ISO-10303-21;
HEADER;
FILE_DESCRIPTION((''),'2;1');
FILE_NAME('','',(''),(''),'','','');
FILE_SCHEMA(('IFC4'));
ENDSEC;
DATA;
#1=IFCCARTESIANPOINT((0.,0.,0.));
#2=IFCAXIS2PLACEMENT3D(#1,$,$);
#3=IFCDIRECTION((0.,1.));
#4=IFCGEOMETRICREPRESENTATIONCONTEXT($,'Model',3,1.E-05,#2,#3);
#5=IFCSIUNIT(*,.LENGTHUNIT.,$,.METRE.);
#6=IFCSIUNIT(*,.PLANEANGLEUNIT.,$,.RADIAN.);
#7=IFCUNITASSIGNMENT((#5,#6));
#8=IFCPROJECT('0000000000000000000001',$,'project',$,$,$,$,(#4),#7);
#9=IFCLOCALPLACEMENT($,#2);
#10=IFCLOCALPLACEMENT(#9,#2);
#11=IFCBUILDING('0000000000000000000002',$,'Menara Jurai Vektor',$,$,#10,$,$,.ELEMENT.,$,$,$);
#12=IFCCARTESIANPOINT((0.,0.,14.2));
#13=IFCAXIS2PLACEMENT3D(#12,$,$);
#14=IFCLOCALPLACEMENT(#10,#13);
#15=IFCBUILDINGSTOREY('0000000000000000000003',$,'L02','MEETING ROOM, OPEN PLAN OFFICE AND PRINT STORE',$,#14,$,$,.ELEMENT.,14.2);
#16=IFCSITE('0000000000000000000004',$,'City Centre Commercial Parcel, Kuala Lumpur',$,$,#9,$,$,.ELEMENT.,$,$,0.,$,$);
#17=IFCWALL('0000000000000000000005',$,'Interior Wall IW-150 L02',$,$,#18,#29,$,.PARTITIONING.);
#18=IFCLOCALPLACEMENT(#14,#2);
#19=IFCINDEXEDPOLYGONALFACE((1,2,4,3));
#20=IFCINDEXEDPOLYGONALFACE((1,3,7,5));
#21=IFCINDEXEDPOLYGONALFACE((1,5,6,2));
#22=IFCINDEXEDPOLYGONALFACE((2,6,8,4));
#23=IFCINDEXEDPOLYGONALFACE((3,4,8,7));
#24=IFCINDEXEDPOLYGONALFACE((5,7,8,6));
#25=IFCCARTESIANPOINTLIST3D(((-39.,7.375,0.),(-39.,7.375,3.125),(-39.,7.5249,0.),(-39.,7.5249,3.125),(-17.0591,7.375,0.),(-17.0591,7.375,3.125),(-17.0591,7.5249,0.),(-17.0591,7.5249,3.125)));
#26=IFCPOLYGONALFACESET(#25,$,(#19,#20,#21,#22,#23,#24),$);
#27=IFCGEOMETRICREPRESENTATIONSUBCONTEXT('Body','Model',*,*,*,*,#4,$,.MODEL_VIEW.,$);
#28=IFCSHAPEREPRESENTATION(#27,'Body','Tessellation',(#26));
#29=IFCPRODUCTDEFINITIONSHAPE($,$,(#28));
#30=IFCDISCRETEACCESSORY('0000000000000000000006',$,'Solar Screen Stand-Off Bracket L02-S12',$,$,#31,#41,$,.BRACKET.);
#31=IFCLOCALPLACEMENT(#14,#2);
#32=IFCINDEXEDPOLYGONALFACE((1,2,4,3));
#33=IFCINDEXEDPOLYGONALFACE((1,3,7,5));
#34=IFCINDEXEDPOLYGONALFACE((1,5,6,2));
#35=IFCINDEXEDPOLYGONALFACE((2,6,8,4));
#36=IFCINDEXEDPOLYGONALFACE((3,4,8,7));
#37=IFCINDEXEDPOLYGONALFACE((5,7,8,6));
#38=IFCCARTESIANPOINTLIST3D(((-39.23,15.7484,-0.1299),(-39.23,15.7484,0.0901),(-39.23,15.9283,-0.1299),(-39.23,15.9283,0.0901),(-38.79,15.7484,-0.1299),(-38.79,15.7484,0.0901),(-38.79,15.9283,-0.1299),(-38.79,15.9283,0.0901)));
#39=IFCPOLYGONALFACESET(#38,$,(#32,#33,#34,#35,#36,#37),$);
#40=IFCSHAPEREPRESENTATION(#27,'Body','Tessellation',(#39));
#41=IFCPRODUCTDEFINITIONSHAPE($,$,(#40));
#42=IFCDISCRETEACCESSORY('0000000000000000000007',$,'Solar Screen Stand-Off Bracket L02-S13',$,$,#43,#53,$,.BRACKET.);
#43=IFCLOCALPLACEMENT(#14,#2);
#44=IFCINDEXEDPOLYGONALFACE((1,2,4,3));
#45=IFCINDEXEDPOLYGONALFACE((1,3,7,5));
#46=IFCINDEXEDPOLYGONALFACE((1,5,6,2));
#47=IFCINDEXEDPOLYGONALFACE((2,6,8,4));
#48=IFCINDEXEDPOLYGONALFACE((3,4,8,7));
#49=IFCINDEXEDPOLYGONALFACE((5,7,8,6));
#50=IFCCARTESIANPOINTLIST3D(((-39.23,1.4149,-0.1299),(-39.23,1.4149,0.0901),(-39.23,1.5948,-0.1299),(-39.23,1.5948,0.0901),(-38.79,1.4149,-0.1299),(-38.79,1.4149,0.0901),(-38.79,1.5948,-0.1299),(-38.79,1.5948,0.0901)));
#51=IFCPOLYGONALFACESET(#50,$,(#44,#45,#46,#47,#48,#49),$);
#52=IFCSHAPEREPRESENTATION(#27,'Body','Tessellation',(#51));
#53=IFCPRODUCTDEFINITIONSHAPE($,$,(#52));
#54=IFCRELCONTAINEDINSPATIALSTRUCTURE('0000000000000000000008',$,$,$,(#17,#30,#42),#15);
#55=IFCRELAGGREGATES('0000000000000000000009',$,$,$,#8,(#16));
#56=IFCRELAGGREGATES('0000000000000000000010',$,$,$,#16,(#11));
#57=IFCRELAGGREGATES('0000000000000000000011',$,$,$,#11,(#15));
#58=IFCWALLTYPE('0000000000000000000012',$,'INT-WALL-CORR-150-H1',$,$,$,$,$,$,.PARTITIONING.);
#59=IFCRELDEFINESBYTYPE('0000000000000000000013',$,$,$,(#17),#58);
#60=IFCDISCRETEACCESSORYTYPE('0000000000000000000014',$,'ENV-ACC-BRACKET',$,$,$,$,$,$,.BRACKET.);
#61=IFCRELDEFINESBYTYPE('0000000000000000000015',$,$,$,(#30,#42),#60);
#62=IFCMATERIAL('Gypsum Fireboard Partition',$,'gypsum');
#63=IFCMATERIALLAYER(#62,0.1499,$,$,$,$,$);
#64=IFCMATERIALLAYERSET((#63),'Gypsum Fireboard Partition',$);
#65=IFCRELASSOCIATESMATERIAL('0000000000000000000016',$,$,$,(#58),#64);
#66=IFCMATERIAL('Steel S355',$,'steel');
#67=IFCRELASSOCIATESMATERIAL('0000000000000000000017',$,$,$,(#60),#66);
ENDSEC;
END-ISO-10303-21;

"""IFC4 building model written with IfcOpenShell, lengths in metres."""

from ifc_helpers import new_model, si_unit, direction, frame, frame_2d, origin, origin_2d, place, context, subcontext, project, spatial, rectangle, extrude, material, layer, layer_set, type_object, element, save


model = new_model("IFC4")

# Units and contexts
model_context = context("Model", 3, precision=1e-05, world=origin(), true_north=direction((0.0, 1.0)))
body_context = subcontext(model_context, "Body", "Model", "MODEL_VIEW")
ifc_project = project(units=[si_unit("LENGTHUNIT", "METRE"), si_unit("PLANEANGLEUNIT", "RADIAN")], contexts=[model_context])

# Site, building, storey
site_placement = place(None, origin())
site = spatial("IfcSite", under=ifc_project, at=site_placement, Name="City Centre Commercial Parcel, Kuala Lumpur", CompositionType="ELEMENT", RefElevation=0.0)
building_placement = place(site_placement, origin())
building = spatial("IfcBuilding", under=site, at=building_placement, Name="Menara Jurai Vektor", CompositionType="ELEMENT")
storey_placement = place(building_placement, frame((0.0, 0.0, 14.2)))
storey = spatial("IfcBuildingStorey", under=building, at=storey_placement, Name="L02", Description="MEETING ROOM, OPEN PLAN OFFICE AND PRINT STORE", CompositionType="ELEMENT", Elevation=14.2)

# Shared definitions
ifc_material_1 = material(Name="Steel S355", Category="steel")

# Shared definitions
ifc_material_2 = material(Name="Gypsum Fireboard Partition", Category="gypsum")

# Wall
ifc_layer_1 = layer(ifc_material_2, 0.1499)
ifc_layer_set_1 = layer_set([ifc_layer_1], Name="Gypsum Fireboard Partition")
wall_type_1 = type_object("IfcWallType", Name="INT-WALL-CORR-150-H1", PredefinedType="PARTITIONING", material=ifc_layer_set_1)
wall_1_placement = place(storey_placement, frame((-39.0, 7.45, 0.0), z_axis=(0.0, 0.0, 1.0), x_axis=(1.0, 0.0, 0.0)))
element("IfcWall", 1, at=wall_1_placement, inside=storey, type_object=wall_type_1, Name="Interior Wall IW-150 L02", PredefinedType="PARTITIONING", context=body_context, shape_type="SweptSolid", body=[
    extrude(rectangle(XDim=21.9409, YDim=0.1499, at=frame_2d((10.9705, 0.0))), origin(), (0.0, 0.0, 1.0), 3.125),
])

# Discrete accessories
discrete_accessory_type = type_object("IfcDiscreteAccessoryType", Name="ENV-ACC-BRACKET", PredefinedType="BRACKET", material=ifc_material_1)
for number, where, z_axis, x_axis, name in (
    (2, (-39.01, 15.8384, -0.1299), (0.0, 0.0, 1.0), (0.0, -1.0, 0.0), "Solar Screen Stand-Off Bracket L02-S12"),
    (3, (-39.01, 1.5049, -0.1299), (0.0, 0.0, 1.0), (0.0, -1.0, 0.0), "Solar Screen Stand-Off Bracket L02-S13"),
):
    element("IfcDiscreteAccessory", number, at=place(storey_placement, frame(where, z_axis=z_axis, x_axis=x_axis)), inside=storey, type_object=discrete_accessory_type, Name=name, PredefinedType="BRACKET", context=body_context, shape_type="SweptSolid", body=[
        extrude(rectangle(XDim=0.1799, YDim=0.4399, at=origin_2d()), origin(), (0.0, 0.0, 1.0), 0.22),
    ])

save(model, "model.ifc")
